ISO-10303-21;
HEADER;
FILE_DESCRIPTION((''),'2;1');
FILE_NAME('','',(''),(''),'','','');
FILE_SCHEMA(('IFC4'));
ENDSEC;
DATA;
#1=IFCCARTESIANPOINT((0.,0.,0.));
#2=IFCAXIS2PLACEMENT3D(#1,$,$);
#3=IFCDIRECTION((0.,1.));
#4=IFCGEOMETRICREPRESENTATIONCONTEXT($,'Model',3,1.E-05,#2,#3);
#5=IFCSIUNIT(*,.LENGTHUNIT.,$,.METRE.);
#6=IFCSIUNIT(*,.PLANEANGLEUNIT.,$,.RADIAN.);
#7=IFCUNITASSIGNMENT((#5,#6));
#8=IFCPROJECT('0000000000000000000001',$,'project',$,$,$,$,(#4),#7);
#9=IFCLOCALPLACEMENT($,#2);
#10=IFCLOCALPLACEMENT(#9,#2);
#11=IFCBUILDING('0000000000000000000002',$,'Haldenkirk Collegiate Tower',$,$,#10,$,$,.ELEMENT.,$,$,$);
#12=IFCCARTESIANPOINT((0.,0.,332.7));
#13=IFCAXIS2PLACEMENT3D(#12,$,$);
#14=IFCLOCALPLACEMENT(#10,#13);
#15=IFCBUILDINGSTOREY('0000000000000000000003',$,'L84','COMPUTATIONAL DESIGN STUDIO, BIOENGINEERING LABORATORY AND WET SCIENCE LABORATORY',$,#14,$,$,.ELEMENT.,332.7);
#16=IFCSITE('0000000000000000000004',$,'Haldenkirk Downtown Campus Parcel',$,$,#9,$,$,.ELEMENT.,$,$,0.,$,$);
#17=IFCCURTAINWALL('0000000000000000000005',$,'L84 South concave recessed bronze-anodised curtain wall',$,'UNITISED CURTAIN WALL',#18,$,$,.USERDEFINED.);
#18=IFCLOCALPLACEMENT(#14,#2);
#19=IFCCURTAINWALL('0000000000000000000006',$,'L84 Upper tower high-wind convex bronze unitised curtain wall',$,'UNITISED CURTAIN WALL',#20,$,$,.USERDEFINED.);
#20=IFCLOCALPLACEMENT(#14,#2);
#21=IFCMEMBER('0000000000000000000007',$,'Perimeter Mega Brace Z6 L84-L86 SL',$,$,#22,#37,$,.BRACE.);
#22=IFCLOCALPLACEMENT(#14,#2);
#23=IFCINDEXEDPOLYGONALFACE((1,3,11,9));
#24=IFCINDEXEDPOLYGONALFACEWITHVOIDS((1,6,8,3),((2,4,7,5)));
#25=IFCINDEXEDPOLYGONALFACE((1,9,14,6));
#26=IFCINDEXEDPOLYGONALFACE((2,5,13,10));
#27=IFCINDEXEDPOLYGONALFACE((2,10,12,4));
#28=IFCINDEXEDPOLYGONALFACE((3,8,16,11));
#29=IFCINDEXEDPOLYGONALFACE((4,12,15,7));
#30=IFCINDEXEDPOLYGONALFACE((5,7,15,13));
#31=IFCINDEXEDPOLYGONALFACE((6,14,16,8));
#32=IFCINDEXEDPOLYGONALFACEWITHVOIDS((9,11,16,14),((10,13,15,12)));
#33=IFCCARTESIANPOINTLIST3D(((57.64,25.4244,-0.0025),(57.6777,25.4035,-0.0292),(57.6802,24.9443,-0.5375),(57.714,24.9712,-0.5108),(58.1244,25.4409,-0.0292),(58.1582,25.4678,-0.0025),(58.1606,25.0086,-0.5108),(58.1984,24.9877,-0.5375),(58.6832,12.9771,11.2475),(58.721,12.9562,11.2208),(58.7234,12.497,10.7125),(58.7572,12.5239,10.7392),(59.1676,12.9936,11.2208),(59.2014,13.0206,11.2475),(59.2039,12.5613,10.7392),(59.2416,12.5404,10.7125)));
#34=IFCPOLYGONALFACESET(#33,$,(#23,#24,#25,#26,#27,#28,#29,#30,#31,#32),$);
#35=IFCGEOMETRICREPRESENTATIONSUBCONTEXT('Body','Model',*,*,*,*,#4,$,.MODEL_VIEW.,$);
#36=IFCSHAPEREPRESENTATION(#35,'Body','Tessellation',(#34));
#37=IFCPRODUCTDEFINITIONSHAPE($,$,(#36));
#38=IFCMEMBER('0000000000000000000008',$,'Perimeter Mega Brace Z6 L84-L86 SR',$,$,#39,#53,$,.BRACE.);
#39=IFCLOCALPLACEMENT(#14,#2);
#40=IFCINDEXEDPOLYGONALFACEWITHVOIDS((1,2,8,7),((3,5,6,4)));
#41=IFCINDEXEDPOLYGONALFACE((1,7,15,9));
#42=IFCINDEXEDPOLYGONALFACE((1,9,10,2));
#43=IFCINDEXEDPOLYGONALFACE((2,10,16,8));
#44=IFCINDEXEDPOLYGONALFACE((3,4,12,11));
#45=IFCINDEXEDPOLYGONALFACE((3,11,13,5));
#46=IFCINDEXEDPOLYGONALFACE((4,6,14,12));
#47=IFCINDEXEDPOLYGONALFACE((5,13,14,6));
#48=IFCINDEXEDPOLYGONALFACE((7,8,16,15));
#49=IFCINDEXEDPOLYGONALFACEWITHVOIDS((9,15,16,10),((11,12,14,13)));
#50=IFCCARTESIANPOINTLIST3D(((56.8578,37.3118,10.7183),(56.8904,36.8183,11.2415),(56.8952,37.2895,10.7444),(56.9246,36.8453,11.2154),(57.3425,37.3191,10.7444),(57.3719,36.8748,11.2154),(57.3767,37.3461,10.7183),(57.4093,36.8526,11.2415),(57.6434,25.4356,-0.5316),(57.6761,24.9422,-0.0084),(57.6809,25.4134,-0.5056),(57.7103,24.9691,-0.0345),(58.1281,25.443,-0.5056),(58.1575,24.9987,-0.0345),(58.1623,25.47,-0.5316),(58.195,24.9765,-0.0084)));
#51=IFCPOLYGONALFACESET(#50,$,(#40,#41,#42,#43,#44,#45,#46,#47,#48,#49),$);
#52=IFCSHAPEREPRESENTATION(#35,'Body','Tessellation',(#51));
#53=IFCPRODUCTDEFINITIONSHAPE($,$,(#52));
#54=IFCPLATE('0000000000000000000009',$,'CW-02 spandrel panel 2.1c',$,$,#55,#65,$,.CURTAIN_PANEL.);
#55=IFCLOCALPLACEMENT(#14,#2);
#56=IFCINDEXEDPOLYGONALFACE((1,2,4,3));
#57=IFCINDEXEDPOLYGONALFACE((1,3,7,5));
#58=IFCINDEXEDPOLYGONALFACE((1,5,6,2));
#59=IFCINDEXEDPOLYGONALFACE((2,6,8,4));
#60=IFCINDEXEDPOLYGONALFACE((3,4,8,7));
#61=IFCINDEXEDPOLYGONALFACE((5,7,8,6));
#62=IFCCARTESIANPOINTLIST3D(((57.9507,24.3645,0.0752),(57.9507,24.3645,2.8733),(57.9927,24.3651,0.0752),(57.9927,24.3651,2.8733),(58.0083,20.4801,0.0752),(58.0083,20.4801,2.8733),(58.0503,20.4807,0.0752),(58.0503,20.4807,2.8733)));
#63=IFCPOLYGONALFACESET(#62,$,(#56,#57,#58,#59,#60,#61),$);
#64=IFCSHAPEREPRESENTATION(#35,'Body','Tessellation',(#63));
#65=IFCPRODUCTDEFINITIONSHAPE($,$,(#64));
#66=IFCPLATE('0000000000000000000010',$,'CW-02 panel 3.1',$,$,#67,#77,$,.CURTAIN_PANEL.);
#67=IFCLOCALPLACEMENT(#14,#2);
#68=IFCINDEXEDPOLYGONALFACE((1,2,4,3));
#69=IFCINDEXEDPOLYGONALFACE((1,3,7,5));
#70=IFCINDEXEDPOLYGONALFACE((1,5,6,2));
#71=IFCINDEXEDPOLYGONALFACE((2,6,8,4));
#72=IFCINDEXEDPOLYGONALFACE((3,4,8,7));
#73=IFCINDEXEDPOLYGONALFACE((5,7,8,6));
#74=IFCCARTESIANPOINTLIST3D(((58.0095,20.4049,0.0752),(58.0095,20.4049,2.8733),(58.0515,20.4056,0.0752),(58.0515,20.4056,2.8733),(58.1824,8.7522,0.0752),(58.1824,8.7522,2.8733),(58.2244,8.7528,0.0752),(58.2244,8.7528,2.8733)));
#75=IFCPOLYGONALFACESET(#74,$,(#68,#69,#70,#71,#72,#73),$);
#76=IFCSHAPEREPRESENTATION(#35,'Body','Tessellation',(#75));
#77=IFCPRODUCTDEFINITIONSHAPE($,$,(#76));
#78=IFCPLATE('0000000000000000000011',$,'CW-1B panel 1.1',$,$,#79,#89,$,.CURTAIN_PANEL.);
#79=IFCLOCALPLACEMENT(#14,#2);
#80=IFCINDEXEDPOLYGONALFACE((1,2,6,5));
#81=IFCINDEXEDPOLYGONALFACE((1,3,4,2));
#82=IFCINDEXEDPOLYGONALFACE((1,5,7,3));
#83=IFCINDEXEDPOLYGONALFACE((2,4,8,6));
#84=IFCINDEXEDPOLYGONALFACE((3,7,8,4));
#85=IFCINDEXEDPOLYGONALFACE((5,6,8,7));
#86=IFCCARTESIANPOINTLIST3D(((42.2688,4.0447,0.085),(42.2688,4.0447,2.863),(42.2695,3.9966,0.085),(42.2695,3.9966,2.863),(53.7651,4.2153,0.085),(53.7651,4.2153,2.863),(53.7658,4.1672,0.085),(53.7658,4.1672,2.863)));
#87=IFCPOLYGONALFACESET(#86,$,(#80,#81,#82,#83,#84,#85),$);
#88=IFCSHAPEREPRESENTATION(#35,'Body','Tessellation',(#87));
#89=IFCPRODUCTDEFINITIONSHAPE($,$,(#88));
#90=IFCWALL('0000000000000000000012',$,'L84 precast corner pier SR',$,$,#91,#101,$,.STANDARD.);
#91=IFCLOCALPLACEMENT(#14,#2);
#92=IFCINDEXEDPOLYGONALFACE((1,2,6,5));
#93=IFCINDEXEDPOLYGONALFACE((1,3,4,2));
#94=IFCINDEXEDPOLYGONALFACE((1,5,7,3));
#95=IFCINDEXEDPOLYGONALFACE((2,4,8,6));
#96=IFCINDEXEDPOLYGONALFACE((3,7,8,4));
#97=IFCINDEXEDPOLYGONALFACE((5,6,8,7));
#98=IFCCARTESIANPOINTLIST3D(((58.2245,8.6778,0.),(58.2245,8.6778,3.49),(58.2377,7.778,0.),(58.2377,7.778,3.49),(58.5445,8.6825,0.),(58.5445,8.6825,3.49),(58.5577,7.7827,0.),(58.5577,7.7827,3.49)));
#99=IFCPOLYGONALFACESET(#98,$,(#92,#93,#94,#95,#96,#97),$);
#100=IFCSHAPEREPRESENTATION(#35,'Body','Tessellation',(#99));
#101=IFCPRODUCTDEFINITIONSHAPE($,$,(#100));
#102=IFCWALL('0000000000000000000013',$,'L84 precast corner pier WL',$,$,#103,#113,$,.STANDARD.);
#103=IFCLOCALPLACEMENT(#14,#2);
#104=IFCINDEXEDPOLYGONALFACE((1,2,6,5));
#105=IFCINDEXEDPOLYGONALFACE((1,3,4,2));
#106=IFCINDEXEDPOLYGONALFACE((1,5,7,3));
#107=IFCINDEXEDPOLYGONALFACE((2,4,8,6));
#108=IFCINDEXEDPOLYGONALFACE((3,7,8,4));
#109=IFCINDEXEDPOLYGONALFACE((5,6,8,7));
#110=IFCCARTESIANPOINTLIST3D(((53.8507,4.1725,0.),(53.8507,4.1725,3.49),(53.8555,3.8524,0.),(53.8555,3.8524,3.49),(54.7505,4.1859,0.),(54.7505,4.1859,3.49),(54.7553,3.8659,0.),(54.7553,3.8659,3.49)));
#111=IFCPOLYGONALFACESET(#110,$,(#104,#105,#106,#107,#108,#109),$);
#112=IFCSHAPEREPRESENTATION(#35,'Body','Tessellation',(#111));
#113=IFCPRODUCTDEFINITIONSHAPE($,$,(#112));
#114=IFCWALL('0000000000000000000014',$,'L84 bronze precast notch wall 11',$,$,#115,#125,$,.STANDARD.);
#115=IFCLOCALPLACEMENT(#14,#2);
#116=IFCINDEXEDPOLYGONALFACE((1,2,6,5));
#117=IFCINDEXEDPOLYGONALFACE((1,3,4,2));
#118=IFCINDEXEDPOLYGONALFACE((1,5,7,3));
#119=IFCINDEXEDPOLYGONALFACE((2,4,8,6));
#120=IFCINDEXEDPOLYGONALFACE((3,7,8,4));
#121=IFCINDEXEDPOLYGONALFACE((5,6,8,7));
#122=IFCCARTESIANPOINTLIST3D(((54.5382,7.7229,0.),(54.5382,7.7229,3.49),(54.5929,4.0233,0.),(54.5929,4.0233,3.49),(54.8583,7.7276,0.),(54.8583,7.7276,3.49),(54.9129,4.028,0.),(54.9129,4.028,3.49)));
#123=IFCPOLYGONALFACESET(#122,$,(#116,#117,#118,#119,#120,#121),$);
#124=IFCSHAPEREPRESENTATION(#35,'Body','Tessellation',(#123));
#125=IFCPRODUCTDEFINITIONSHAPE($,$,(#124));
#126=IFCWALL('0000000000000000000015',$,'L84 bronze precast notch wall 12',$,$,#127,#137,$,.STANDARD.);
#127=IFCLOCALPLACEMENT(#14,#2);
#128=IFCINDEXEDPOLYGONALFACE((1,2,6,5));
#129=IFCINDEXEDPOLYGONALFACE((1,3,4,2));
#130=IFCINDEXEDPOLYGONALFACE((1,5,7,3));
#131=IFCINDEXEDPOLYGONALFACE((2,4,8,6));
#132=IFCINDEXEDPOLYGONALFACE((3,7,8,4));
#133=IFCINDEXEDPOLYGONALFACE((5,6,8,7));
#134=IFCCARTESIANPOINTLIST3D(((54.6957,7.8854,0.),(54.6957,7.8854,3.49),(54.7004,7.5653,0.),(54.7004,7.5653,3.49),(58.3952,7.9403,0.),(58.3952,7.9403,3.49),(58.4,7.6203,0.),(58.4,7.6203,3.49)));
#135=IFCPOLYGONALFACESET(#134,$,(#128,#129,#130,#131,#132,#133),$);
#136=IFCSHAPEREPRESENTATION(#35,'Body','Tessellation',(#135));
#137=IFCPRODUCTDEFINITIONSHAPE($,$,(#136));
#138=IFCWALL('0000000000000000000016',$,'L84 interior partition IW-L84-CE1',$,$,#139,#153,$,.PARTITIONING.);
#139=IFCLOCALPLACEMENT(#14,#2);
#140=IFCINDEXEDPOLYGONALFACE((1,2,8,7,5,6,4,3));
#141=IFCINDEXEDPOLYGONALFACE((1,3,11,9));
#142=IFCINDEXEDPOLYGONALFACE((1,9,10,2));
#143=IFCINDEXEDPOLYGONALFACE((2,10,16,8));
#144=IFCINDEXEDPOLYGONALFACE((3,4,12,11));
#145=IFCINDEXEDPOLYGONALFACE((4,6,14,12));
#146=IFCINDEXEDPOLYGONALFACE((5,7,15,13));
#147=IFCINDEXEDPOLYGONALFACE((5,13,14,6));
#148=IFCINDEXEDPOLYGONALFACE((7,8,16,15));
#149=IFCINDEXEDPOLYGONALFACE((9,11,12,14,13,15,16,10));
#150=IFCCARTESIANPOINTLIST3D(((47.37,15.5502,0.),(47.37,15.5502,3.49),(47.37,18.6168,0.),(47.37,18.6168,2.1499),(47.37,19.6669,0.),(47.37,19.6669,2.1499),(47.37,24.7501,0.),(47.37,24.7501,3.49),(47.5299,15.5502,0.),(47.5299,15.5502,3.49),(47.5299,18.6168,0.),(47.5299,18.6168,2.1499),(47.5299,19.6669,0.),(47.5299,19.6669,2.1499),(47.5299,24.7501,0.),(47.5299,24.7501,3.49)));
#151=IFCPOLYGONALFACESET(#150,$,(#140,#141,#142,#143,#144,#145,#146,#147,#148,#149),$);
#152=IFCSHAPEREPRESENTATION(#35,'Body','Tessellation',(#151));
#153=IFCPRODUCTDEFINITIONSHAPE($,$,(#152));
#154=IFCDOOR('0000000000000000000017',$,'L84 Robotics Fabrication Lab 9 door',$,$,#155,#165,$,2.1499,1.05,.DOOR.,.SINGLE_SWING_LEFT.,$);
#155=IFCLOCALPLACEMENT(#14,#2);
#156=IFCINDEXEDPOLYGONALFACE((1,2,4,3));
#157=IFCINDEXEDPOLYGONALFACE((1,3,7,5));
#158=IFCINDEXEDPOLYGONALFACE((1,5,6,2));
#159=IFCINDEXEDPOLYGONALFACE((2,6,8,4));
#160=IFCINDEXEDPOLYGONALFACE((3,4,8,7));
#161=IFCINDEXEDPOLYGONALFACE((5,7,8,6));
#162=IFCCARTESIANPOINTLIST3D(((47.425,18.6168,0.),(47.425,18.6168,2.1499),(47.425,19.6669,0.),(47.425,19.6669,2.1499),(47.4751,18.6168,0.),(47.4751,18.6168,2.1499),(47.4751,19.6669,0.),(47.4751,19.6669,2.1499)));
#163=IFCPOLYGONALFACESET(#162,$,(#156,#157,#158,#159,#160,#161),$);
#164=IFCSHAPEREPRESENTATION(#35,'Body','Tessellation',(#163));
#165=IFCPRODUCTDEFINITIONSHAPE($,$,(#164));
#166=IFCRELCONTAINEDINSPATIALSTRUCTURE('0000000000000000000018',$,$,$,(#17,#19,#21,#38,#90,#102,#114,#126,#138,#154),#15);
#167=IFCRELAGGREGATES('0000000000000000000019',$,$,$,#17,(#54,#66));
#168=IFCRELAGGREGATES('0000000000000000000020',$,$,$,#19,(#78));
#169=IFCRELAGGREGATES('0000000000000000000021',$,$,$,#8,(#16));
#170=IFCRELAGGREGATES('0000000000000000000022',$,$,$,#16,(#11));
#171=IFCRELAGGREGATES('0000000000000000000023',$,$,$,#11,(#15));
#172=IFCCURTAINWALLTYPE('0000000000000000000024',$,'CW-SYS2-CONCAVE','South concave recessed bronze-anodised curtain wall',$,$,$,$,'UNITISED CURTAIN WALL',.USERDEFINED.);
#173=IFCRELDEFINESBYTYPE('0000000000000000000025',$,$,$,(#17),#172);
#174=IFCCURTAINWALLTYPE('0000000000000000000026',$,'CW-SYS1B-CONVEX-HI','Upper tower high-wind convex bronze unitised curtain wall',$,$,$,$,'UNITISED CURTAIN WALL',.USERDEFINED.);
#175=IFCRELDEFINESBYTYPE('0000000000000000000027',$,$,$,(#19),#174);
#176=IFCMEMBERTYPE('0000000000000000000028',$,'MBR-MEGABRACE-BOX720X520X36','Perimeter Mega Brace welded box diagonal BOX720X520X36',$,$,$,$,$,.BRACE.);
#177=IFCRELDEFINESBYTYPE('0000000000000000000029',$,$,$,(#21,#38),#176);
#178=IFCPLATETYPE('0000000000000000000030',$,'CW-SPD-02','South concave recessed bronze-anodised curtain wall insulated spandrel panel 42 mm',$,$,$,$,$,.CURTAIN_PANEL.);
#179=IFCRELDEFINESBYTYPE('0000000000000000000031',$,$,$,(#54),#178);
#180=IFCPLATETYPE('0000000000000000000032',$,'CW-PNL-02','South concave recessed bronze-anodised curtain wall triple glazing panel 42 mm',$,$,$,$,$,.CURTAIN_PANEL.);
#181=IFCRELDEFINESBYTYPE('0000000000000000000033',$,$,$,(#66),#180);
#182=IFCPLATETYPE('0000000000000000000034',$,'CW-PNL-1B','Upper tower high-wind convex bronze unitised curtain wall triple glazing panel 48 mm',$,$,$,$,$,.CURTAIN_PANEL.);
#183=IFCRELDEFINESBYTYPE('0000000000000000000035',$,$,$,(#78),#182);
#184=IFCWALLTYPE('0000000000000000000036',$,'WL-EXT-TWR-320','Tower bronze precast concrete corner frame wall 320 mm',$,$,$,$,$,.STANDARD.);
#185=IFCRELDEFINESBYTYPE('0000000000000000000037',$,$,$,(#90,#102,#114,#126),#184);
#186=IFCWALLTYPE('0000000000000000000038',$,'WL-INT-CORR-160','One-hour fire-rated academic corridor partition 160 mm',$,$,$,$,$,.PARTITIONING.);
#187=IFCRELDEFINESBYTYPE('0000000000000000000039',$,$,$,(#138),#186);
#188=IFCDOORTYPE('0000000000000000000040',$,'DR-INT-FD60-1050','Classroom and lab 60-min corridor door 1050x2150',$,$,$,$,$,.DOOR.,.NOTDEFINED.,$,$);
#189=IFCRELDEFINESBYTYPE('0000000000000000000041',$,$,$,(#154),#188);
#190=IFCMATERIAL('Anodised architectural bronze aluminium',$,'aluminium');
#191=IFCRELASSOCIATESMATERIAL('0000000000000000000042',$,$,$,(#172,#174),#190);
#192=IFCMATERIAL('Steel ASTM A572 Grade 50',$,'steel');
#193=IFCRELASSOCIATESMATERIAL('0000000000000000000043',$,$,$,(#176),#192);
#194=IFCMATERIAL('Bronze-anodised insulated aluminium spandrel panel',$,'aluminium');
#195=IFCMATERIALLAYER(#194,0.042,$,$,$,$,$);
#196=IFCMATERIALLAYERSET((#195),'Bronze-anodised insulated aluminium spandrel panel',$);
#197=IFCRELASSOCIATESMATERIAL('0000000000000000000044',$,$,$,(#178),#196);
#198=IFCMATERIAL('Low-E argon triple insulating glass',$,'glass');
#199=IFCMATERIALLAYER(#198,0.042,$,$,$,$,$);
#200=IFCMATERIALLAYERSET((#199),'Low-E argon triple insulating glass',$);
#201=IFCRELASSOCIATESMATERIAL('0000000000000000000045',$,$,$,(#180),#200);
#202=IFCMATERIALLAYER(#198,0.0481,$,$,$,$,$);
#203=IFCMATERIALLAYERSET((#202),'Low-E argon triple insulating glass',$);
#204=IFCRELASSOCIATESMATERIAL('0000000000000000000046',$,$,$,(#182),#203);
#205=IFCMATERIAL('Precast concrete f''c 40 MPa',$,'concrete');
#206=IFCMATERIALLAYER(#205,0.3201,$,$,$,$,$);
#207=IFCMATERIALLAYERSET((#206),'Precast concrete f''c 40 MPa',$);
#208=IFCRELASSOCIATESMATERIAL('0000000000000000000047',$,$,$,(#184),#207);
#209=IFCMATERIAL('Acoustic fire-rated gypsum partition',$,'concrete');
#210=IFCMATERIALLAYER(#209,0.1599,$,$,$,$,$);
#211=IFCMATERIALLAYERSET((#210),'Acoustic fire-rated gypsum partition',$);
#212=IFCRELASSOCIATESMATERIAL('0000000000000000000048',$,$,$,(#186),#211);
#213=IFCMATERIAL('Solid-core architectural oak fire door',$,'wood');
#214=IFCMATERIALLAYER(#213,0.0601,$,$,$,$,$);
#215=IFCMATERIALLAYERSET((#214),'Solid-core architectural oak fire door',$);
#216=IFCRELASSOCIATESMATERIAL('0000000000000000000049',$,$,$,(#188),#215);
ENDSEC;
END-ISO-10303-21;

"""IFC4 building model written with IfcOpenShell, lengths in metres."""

from ifc_helpers import new_model, si_unit, direction, frame, frame_2d, origin, origin_2d, place, context, subcontext, project, spatial, rectangle, hollow_rectangle, extrude, source, transform, mapped, material, layer, layer_set, material_profile, profile_set, type_object, element, fill, aggregate, save


model = new_model("IFC4")

# Units and contexts
model_context = context("Model", 3, precision=1e-05, world=origin(), true_north=direction((0.0, 1.0)))
body_context = subcontext(model_context, "Body", "Model", "MODEL_VIEW")
ifc_project = project(units=[si_unit("LENGTHUNIT", "METRE"), si_unit("PLANEANGLEUNIT", "RADIAN")], contexts=[model_context])

# Site, building, storey
site_placement = place(None, origin())
site = spatial("IfcSite", under=ifc_project, at=site_placement, Name="Haldenkirk Downtown Campus Parcel", CompositionType="ELEMENT", RefElevation=0.0)
building_placement = place(site_placement, origin())
building = spatial("IfcBuilding", under=site, at=building_placement, Name="Haldenkirk Collegiate Tower", CompositionType="ELEMENT")
storey_placement = place(building_placement, frame((0.0, 0.0, 332.7)))
storey = spatial("IfcBuildingStorey", under=building, at=storey_placement, Name="L84", Description="COMPUTATIONAL DESIGN STUDIO, BIOENGINEERING LABORATORY AND WET SCIENCE LABORATORY", CompositionType="ELEMENT", Elevation=332.7)

# Shared definitions
ifc_material_1 = material(Name="Steel ASTM A572 Grade 50", Category="steel")

# Curtain wall
ifc_material_2 = material(Name="Anodised architectural bronze aluminium", Category="aluminium")
curtain_wall_type_1 = type_object("IfcCurtainWallType", Name="CW-SYS2-CONCAVE", Description="South concave recessed bronze-anodised curtain wall", ElementType="UNITISED CURTAIN WALL", PredefinedType="USERDEFINED", material=ifc_material_2)
curtain_wall_1_placement = place(storey_placement, origin())
curtain_wall_1 = element("IfcCurtainWall", 1, at=curtain_wall_1_placement, inside=storey, type_object=curtain_wall_type_1, Name="L84 South concave recessed bronze-anodised curtain wall", ObjectType="UNITISED CURTAIN WALL", PredefinedType="USERDEFINED")

# Curtain wall
curtain_wall_type_2 = type_object("IfcCurtainWallType", Name="CW-SYS1B-CONVEX-HI", Description="Upper tower high-wind convex bronze unitised curtain wall", ElementType="UNITISED CURTAIN WALL", PredefinedType="USERDEFINED", material=ifc_material_2)
curtain_wall_2_placement = place(storey_placement, origin())
curtain_wall_2 = element("IfcCurtainWall", 2, at=curtain_wall_2_placement, inside=storey, type_object=curtain_wall_type_2, Name="L84 Upper tower high-wind convex bronze unitised curtain wall", ObjectType="UNITISED CURTAIN WALL", PredefinedType="USERDEFINED")

# Members
ifc_material_profile_1 = material_profile(ifc_material_1, hollow_rectangle(XDim=0.52, YDim=0.72, WallThickness=0.0359, at=origin_2d()), Name="BOX720X520X36")
ifc_profile_set_1 = profile_set([ifc_material_profile_1], Name="Steel ASTM A572 Grade 50")
member_type_1 = type_object("IfcMemberType", Name="MBR-MEGABRACE-BOX720X520X36", Description="Perimeter Mega Brace welded box diagonal BOX720X520X36", PredefinedType="BRACE", material=ifc_profile_set_1)
member_1_placement = place(storey_placement, frame((57.9192, 25.2061, -0.27), z_axis=(0.062058, -0.740456, 0.669234), x_axis=(0.996506, 0.083518, 0.0)))
element("IfcMember", 3, at=member_1_placement, inside=storey, type_object=member_type_1, Name="Perimeter Mega Brace Z6 L84-L86 SL", PredefinedType="BRACE", context=body_context, shape_type="SweptSolid", body=[
    extrude(hollow_rectangle(XDim=0.52, YDim=0.72, WallThickness=0.0359, at=origin_2d()), origin(), (0.0, 0.0, 1.0), 16.8103),
])
member_2_placement = place(storey_placement, frame((57.9192, 25.2061, -0.27), z_axis=(-0.047971, 0.725152, 0.686916), x_axis=(-0.997819, -0.066008, 0.0)))
element("IfcMember", 4, at=member_2_placement, inside=storey, type_object=member_type_1, Name="Perimeter Mega Brace Z6 L84-L86 SR", PredefinedType="BRACE", context=body_context, shape_type="SweptSolid", body=[
    extrude(hollow_rectangle(XDim=0.52, YDim=0.72, WallThickness=0.0359, at=origin_2d()), origin(), (0.0, 0.0, 1.0), 16.3774),
])

# Plates
ifc_material_3 = material(Name="Bronze-anodised insulated aluminium spandrel panel", Category="aluminium")
ifc_layer_1 = layer(ifc_material_3, 0.042)
ifc_layer_set_1 = layer_set([ifc_layer_1], Name="Bronze-anodised insulated aluminium spandrel panel")
plate_type_1 = type_object("IfcPlateType", Name="CW-SPD-02", Description="South concave recessed bronze-anodised curtain wall insulated spandrel panel 42 mm", PredefinedType="CURTAIN_PANEL", material=ifc_layer_set_1)
shared_shape_1 = source(origin(), body_context, "Body", "SweptSolid", [
    extrude(rectangle(XDim=3.8848, YDim=0.042, at=origin_2d()), origin(), (0.0, 0.0, 1.0), 2.7981),
])
plate_1_placement = place(storey_placement, frame((58.0005, 22.4226, 0.0752), z_axis=(0.0, 0.0, 1.0), x_axis=(0.014833, -0.99989, 0.0)))
plate_1 = element("IfcPlate", 5, at=plate_1_placement, type_object=plate_type_1, Name="CW-02 spandrel panel 2.1c", PredefinedType="CURTAIN_PANEL", context=body_context, shape_type="MappedRepresentation", body=[
    mapped(shared_shape_1, transform((0.0, 0.0, 0.0), x_axis=(1.0, 0.0, 0.0), y_axis=(0.0, 1.0, 0.0), z_axis=(0.0, 0.0, 1.0), scale=1.0)),
])
ifc_material_4 = material(Name="Low-E argon triple insulating glass", Category="glass")
ifc_layer_2 = layer(ifc_material_4, 0.042)
ifc_layer_set_2 = layer_set([ifc_layer_2], Name="Low-E argon triple insulating glass")
plate_type_2 = type_object("IfcPlateType", Name="CW-PNL-02", Description="South concave recessed bronze-anodised curtain wall triple glazing panel 42 mm", PredefinedType="CURTAIN_PANEL", material=ifc_layer_set_2)
shared_shape_2 = source(origin(), body_context, "Body", "SweptSolid", [
    extrude(rectangle(XDim=11.6541, YDim=0.042, at=origin_2d()), origin(), (0.0, 0.0, 1.0), 2.7981),
])
plate_2_placement = place(storey_placement, frame((58.1169, 14.5789, 0.0752), z_axis=(0.0, 0.0, 1.0), x_axis=(0.014833, -0.99989, 0.0)))
plate_2 = element("IfcPlate", 6, at=plate_2_placement, type_object=plate_type_2, Name="CW-02 panel 3.1", PredefinedType="CURTAIN_PANEL", context=body_context, shape_type="MappedRepresentation", body=[
    mapped(shared_shape_2, transform((0.0, 0.0, 0.0), x_axis=(1.0, 0.0, 0.0), y_axis=(0.0, 1.0, 0.0), z_axis=(0.0, 0.0, 1.0), scale=1.0)),
])
aggregate(curtain_wall_1, [plate_1, plate_2])
ifc_layer_3 = layer(ifc_material_4, 0.0481)
ifc_layer_set_3 = layer_set([ifc_layer_3], Name="Low-E argon triple insulating glass")
plate_type_3 = type_object("IfcPlateType", Name="CW-PNL-1B", Description="Upper tower high-wind convex bronze unitised curtain wall triple glazing panel 48 mm", PredefinedType="CURTAIN_PANEL", material=ifc_layer_set_3)
shared_shape_3 = source(origin(), body_context, "Body", "SweptSolid", [
    extrude(rectangle(XDim=11.4976, YDim=0.0481, at=origin_2d()), origin(), (0.0, 0.0, 1.0), 2.7781),
])
plate_3_placement = place(storey_placement, frame((48.0173, 4.106, 0.085), z_axis=(0.0, 0.0, 1.0), x_axis=(-0.99989, -0.014833, 0.0)))
plate_3 = element("IfcPlate", 7, at=plate_3_placement, type_object=plate_type_3, Name="CW-1B panel 1.1", PredefinedType="CURTAIN_PANEL", context=body_context, shape_type="MappedRepresentation", body=[
    mapped(shared_shape_3, transform((0.0, 0.0, 0.0), x_axis=(1.0, 0.0, 0.0), y_axis=(0.0, 1.0, 0.0), z_axis=(0.0, 0.0, 1.0), scale=1.0)),
])
aggregate(curtain_wall_2, [plate_3])

# Walls
ifc_material_5 = material(Name="Precast concrete f'c 40 MPa", Category="concrete")
ifc_layer_4 = layer(ifc_material_5, 0.3201)
ifc_layer_set_4 = layer_set([ifc_layer_4], Name="Precast concrete f'c 40 MPa")
wall_type_1 = type_object("IfcWallType", Name="WL-EXT-TWR-320", Description="Tower bronze precast concrete corner frame wall 320 mm", PredefinedType="STANDARD", material=ifc_layer_set_4)
for number, where, z_axis, x_axis, name in (
    (8, (58.3845, 8.6802, 0.0), (0.0, 0.0, 1.0), (0.014648, -0.999893, 0.0), "L84 precast corner pier SR"),
    (9, (54.7529, 4.0259, 0.0), (0.0, 0.0, 1.0), (-0.999889, -0.01492, 0.0), "L84 precast corner pier WL"),
):
    element("IfcWall", number, at=place(storey_placement, frame(where, z_axis=z_axis, x_axis=x_axis)), inside=storey, type_object=wall_type_1, Name=name, PredefinedType="STANDARD", context=body_context, shape_type="SweptSolid", body=[
        extrude(rectangle(XDim=0.8999, YDim=0.3201, at=frame_2d((0.45, 0.0))), origin(), (0.0, 0.0, 1.0), 3.49),
    ])
for number, where, z_axis, x_axis, name in (
    (10, (54.6982, 7.7253, 0.0), (0.0, 0.0, 1.0), (0.014781, -0.999891, 0.0), "L84 bronze precast notch wall 11"),
    (11, (58.3977, 7.7803, 0.0), (0.0, 0.0, 1.0), (-0.99989, -0.014847, 0.0), "L84 bronze precast notch wall 12"),
):
    element("IfcWall", number, at=place(storey_placement, frame(where, z_axis=z_axis, x_axis=x_axis)), inside=storey, type_object=wall_type_1, Name=name, PredefinedType="STANDARD", context=body_context, shape_type="SweptSolid", body=[
        extrude(rectangle(XDim=3.7, YDim=0.3201, at=frame_2d((1.8501, 0.0))), origin(), (0.0, 0.0, 1.0), 3.49),
    ])

# Wall, opening, door
ifc_material_6 = material(Name="Acoustic fire-rated gypsum partition", Category="concrete")
ifc_layer_5 = layer(ifc_material_6, 0.1599)
ifc_layer_set_5 = layer_set([ifc_layer_5], Name="Acoustic fire-rated gypsum partition")
wall_type_2 = type_object("IfcWallType", Name="WL-INT-CORR-160", Description="One-hour fire-rated academic corridor partition 160 mm", PredefinedType="PARTITIONING", material=ifc_layer_set_5)
wall_1_placement = place(storey_placement, frame((47.45, 15.55, 0.0), z_axis=(0.0, 0.0, 1.0), x_axis=(0.0, 1.0, 0.0)))
wall_1 = element("IfcWall", 12, at=wall_1_placement, inside=storey, type_object=wall_type_2, Name="L84 interior partition IW-L84-CE1", PredefinedType="PARTITIONING", context=body_context, shape_type="SweptSolid", body=[
    extrude(rectangle(XDim=9.2, YDim=0.1599, at=frame_2d((4.6001, 0.0))), origin(), (0.0, 0.0, 1.0), 3.49),
])
opening_1_placement = place(wall_1_placement, frame((3.0669, 0.0, 0.0)))
opening_1 = element("IfcOpeningElement", 13, at=opening_1_placement, cuts=wall_1, PredefinedType="OPENING", context=body_context, shape_type="SweptSolid", body=[
    extrude(rectangle(XDim=1.05, YDim=2.1499, at=frame_2d((0.5249, 1.075))), frame((0.0, 0.0898, 0.0), z_axis=(0.0, -1.0, 0.0), x_axis=(1.0, 0.0, 0.0)), (0.0, 0.0, 1.0), 0.1799),
])
ifc_material_7 = material(Name="Solid-core architectural oak fire door", Category="wood")
ifc_layer_6 = layer(ifc_material_7, 0.0601)
ifc_layer_set_6 = layer_set([ifc_layer_6], Name="Solid-core architectural oak fire door")
door_type_1 = type_object("IfcDoorType", Name="DR-INT-FD60-1050", Description="Classroom and lab 60-min corridor door 1050x2150", OperationType="NOTDEFINED", PredefinedType="DOOR", material=ifc_layer_set_6)
door_1_placement = place(opening_1_placement, origin())
door_1 = element("IfcDoor", 14, at=door_1_placement, inside=storey, type_object=door_type_1, Name="L84 Robotics Fabrication Lab 9 door", OperationType="SINGLE_SWING_LEFT", OverallHeight=2.1499, OverallWidth=1.05, PredefinedType="DOOR", context=body_context, shape_type="SweptSolid", body=[
    extrude(rectangle(XDim=1.05, YDim=2.1499, at=frame_2d((0.5249, 1.075))), frame((0.0, 0.0249, 0.0), z_axis=(0.0, -1.0, 0.0), x_axis=(1.0, 0.0, 0.0)), (0.0, 0.0, 1.0), 0.05),
])
fill(opening_1, door_1)

save(model, "model.ifc")
